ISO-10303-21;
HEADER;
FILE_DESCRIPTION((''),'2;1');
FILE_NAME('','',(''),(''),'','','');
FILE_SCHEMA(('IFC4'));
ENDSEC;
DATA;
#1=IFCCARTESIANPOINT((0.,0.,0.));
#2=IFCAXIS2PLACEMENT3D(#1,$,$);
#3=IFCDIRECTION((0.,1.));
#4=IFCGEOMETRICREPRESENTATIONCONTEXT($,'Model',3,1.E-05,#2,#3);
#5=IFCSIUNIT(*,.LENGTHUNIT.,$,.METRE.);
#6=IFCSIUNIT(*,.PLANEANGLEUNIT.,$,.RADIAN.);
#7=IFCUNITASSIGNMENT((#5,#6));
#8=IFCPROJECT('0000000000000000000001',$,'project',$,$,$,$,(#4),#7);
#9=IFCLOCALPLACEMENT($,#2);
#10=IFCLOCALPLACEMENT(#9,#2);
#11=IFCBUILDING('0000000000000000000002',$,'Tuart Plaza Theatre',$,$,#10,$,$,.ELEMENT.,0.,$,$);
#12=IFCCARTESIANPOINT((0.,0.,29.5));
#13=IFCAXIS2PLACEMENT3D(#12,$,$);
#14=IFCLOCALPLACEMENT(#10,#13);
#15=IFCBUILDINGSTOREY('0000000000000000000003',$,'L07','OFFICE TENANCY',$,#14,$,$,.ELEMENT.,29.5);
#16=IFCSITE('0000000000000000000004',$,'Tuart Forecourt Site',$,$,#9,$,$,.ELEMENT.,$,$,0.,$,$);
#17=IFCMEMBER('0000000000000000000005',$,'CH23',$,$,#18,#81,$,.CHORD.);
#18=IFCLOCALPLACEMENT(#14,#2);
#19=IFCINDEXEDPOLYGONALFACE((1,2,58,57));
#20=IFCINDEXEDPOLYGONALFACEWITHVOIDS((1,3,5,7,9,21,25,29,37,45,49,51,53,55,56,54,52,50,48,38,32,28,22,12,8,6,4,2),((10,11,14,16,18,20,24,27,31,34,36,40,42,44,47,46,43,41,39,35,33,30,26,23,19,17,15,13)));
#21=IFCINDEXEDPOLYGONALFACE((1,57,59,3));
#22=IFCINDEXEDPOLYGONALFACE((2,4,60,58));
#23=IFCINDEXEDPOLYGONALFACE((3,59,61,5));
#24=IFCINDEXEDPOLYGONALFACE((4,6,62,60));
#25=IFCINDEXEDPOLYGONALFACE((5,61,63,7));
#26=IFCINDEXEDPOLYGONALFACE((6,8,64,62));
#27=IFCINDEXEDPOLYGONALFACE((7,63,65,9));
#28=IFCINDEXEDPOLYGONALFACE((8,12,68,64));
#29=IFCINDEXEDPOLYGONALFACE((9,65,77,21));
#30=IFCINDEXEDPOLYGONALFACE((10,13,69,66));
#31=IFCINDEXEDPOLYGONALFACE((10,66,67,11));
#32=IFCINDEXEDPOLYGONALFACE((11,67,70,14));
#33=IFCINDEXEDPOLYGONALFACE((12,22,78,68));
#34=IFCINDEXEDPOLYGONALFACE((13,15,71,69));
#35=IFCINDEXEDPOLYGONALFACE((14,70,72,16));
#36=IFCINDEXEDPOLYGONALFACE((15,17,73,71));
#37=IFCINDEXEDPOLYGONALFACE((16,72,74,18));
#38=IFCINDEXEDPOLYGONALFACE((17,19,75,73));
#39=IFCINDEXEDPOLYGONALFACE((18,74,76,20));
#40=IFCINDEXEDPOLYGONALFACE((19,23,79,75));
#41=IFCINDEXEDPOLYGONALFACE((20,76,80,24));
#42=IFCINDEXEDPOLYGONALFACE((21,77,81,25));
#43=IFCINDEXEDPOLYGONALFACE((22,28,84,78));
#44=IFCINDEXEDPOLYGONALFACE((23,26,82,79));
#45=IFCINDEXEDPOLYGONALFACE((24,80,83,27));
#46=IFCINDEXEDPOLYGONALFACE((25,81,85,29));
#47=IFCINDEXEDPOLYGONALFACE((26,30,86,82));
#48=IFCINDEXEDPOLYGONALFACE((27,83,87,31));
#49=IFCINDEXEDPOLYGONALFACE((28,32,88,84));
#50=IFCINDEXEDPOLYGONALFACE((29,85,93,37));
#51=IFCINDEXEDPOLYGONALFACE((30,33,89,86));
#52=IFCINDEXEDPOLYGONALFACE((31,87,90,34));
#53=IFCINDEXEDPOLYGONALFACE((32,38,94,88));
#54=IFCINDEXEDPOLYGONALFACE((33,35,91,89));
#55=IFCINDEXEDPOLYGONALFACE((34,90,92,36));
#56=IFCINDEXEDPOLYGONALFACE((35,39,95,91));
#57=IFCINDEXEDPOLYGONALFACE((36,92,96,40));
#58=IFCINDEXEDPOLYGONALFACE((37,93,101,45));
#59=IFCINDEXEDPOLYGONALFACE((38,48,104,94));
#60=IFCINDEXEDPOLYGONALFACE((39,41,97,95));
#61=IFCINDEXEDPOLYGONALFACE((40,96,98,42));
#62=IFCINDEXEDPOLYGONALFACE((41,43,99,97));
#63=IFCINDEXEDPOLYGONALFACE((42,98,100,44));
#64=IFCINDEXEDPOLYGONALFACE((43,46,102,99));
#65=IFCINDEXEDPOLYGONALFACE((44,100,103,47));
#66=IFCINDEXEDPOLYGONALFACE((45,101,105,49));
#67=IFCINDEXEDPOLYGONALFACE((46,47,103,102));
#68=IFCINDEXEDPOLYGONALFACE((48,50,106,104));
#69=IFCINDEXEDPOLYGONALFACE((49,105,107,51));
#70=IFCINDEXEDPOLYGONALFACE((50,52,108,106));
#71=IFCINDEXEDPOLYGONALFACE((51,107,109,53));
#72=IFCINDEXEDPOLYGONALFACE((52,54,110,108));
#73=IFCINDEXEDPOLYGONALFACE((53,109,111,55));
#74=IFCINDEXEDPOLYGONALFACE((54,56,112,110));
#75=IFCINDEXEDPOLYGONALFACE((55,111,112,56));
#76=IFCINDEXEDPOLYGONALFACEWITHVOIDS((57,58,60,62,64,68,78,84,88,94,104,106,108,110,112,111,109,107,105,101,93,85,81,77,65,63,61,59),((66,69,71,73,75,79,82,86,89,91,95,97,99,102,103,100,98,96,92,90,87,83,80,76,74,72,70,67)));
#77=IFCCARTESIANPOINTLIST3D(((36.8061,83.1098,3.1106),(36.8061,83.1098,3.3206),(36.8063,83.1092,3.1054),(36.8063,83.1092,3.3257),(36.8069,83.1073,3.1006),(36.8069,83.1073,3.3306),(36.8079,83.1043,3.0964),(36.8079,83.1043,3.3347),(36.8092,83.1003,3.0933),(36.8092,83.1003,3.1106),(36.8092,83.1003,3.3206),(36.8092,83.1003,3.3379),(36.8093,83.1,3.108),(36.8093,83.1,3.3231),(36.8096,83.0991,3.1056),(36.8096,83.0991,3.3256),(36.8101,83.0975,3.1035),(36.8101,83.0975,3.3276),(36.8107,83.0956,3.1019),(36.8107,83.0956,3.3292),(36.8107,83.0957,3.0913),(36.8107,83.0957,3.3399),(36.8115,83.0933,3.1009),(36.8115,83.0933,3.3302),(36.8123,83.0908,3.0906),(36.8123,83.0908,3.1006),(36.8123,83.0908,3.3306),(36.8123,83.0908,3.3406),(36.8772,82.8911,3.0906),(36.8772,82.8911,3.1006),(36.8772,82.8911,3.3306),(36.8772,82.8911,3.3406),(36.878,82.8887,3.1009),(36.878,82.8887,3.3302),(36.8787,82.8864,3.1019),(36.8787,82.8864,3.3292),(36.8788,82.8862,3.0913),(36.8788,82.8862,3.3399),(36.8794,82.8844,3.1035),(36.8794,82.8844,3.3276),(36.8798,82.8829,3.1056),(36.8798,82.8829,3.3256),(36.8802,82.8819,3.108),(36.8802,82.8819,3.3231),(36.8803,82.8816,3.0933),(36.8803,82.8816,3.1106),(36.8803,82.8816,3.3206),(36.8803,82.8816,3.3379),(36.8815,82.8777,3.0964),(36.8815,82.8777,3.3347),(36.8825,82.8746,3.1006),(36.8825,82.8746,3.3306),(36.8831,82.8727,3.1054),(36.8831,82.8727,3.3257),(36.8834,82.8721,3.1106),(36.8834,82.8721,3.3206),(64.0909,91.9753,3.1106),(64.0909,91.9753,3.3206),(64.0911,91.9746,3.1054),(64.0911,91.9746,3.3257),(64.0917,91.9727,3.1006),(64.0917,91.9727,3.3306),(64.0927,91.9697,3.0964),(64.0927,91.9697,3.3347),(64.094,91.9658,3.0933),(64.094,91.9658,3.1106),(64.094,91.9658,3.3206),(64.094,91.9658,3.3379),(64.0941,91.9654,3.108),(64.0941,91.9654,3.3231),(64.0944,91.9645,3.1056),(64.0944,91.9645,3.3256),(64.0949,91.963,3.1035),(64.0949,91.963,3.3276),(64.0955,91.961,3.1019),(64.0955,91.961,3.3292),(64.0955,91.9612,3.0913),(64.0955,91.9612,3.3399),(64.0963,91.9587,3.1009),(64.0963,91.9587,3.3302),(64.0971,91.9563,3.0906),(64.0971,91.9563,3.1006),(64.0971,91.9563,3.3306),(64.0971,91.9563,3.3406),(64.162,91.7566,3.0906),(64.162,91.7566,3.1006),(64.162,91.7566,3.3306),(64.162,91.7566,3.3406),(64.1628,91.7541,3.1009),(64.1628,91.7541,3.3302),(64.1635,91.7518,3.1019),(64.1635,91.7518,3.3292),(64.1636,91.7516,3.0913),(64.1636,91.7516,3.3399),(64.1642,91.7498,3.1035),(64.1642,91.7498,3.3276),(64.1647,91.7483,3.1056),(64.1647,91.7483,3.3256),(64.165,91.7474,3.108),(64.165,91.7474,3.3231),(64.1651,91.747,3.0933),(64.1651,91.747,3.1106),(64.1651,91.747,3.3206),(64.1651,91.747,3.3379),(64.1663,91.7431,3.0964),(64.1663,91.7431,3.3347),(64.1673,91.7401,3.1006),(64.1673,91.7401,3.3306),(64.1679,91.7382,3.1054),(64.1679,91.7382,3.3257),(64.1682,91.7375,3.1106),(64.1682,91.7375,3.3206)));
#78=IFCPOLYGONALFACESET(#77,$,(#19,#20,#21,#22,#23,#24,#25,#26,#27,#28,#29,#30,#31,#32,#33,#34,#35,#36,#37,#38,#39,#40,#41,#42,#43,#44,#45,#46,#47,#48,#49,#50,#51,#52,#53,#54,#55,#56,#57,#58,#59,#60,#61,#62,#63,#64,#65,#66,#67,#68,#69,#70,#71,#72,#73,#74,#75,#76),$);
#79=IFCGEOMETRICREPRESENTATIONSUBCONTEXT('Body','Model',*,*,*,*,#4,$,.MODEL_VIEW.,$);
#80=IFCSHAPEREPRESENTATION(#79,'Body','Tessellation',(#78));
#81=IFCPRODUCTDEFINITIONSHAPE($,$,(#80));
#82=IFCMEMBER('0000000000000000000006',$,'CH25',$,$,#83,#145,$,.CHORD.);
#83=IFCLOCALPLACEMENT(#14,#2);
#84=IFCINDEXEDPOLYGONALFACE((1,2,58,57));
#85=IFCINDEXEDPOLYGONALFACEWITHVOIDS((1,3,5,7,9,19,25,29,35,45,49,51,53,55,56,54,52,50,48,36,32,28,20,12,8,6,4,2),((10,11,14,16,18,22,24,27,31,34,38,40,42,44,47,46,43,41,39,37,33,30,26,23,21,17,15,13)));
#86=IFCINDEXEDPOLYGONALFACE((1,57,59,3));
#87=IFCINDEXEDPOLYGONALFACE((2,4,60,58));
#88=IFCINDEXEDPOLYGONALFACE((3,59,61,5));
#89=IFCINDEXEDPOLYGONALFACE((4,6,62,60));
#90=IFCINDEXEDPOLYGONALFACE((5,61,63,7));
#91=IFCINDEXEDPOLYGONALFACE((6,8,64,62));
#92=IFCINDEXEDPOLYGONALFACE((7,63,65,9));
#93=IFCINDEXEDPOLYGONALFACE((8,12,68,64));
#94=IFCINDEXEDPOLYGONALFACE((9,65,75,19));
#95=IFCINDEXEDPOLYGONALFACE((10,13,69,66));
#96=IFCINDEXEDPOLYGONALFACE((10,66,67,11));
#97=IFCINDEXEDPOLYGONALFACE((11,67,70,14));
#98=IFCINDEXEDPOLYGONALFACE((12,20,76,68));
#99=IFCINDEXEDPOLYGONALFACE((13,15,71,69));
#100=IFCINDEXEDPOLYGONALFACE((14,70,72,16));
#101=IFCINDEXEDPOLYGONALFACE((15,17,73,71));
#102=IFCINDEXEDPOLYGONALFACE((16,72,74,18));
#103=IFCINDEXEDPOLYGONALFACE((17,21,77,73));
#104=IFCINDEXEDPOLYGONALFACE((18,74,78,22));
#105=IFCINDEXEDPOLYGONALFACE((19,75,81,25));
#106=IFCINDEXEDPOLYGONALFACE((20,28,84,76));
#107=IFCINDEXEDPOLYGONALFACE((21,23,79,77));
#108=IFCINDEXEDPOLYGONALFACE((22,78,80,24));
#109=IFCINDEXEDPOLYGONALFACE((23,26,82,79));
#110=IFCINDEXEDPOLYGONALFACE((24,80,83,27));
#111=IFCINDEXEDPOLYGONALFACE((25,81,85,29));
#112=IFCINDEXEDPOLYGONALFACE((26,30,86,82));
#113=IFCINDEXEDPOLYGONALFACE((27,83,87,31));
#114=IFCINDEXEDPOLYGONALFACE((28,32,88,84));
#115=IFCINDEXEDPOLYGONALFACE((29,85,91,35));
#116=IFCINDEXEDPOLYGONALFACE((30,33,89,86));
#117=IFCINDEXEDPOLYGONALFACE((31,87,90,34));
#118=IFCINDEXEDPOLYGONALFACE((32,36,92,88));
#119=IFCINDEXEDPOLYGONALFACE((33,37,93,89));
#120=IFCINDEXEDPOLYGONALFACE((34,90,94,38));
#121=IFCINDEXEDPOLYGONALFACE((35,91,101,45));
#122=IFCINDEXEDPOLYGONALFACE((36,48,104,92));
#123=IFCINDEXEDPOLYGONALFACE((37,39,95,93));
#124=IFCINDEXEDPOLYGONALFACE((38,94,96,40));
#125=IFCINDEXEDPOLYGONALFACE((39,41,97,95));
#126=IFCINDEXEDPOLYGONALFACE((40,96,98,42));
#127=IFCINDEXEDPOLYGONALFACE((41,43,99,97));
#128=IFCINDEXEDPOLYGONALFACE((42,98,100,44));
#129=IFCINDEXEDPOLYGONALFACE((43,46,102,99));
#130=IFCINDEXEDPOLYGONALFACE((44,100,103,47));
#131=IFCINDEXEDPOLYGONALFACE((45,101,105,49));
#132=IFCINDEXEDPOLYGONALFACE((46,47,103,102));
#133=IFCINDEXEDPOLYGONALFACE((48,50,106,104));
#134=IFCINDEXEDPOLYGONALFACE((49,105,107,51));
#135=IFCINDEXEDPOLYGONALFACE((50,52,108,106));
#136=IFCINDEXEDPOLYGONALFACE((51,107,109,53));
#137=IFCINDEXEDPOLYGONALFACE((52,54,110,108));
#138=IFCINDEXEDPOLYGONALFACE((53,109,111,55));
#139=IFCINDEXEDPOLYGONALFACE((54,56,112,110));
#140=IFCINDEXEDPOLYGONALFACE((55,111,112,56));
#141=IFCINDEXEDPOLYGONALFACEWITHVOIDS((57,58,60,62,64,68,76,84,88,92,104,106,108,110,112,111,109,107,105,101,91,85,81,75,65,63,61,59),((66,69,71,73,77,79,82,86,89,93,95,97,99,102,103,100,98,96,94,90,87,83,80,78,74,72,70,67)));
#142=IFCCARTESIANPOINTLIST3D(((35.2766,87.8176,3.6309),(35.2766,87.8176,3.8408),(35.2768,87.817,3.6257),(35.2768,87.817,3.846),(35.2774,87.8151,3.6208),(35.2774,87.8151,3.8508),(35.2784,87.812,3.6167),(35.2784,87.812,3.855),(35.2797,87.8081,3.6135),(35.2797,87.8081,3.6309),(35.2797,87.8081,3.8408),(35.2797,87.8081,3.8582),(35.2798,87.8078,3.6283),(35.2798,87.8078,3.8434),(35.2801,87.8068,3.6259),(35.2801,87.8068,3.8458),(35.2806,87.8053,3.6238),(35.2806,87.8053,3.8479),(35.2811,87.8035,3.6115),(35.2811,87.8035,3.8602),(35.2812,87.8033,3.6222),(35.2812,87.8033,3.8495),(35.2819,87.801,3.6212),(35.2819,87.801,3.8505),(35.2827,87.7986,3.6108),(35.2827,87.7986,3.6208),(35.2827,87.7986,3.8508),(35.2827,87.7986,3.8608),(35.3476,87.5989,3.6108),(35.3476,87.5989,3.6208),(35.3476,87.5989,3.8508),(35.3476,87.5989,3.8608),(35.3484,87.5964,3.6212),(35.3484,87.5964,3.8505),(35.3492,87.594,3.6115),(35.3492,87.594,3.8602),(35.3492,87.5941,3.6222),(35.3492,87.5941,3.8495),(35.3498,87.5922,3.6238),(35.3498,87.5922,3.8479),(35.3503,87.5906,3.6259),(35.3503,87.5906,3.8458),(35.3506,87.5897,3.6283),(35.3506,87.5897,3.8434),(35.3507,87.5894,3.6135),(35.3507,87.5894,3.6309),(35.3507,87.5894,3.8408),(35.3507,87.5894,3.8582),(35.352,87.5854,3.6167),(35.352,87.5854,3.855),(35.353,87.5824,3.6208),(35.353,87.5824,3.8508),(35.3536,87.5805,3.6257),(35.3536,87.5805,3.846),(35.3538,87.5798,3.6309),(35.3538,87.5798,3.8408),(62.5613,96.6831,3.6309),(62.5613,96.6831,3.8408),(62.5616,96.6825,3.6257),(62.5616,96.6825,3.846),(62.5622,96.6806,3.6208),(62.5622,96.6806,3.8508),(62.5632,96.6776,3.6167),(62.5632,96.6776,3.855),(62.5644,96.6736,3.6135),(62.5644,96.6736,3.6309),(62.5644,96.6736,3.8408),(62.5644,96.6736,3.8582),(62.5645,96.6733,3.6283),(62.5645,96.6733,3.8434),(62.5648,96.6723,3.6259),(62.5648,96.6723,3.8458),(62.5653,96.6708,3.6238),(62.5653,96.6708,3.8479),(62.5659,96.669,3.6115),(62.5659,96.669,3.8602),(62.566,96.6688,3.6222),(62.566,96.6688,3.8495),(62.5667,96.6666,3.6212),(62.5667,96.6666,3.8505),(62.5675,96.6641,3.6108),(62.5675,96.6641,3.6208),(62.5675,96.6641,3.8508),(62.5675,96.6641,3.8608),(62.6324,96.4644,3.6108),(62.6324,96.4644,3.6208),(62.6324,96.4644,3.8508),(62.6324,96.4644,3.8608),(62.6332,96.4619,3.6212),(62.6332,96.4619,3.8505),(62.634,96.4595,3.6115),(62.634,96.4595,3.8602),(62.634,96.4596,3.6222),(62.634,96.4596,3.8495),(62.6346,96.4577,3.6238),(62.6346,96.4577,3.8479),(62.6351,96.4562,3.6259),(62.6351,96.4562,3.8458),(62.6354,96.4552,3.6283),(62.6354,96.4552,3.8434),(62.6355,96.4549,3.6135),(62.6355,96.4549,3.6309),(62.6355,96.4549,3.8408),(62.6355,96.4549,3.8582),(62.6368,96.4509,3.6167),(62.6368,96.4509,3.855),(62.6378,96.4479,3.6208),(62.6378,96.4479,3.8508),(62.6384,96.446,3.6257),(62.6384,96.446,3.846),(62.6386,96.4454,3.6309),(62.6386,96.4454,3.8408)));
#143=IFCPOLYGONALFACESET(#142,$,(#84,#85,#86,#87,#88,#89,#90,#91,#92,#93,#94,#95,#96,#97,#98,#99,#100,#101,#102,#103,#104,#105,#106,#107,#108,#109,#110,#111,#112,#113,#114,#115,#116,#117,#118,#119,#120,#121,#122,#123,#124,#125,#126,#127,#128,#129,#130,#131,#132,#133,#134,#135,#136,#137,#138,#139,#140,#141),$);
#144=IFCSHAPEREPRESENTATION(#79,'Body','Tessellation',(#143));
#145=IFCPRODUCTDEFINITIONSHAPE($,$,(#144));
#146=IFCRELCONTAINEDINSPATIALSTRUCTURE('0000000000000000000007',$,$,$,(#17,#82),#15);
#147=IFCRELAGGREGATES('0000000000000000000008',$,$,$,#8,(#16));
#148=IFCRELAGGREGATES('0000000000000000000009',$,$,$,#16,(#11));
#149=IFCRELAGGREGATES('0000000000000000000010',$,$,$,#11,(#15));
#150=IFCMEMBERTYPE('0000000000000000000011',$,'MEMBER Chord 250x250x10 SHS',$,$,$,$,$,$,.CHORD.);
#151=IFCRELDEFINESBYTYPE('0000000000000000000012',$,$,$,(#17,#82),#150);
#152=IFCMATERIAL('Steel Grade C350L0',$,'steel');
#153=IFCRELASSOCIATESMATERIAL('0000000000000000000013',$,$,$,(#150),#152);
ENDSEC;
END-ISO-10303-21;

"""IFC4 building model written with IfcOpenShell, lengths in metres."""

from ifc_helpers import new_model, si_unit, direction, frame, origin, origin_2d, place, context, subcontext, project, spatial, hollow_rectangle, extrude, material, material_profile, profile_set, type_object, element, save


model = new_model("IFC4")

# Units and contexts
model_context = context("Model", 3, precision=1e-05, world=origin(), true_north=direction((0.0, 1.0)))
body_context = subcontext(model_context, "Body", "Model", "MODEL_VIEW")
ifc_project = project(units=[si_unit("LENGTHUNIT", "METRE"), si_unit("PLANEANGLEUNIT", "RADIAN")], contexts=[model_context])

# Site, building, storey
site_placement = place(None, origin())
site = spatial("IfcSite", under=ifc_project, at=site_placement, Name="Tuart Forecourt Site", CompositionType="ELEMENT", RefElevation=0.0)
building_placement = place(site_placement, origin())
building = spatial("IfcBuilding", under=site, at=building_placement, Name="Tuart Plaza Theatre", CompositionType="ELEMENT", ElevationOfRefHeight=0.0)
storey_placement = place(building_placement, frame((0.0, 0.0, 29.5)))
storey = spatial("IfcBuildingStorey", under=building, at=storey_placement, Name="L07", Description="OFFICE TENANCY", CompositionType="ELEMENT", Elevation=29.5)

# Members
ifc_material_1 = material(Name="Steel Grade C350L0", Category="steel")
ifc_material_profile_1 = material_profile(ifc_material_1, hollow_rectangle(XDim=0.25, YDim=0.25, WallThickness=0.01, InnerFilletRadius=0.01, OuterFilletRadius=0.02, at=origin_2d()), Name="250x250x10 SHS")
ifc_profile_set_1 = profile_set([ifc_material_profile_1], Name="Steel Grade C350L0")
member_type_1 = type_object("IfcMemberType", Name="MEMBER Chord 250x250x10 SHS", PredefinedType="CHORD", material=ifc_profile_set_1)
for number, where, z_axis, x_axis, name in (
    (1, (36.8447, 82.991, 3.2156), (0.951056, 0.309019, 0.0), (-0.309019, 0.951056, 0.0), "CH23"),
    (2, (35.3152, 87.6987, 3.7358), (0.951055, 0.309022, 0.0), (-0.309022, 0.951055, 0.0), "CH25"),
):
    element("IfcMember", number, at=place(storey_placement, frame(where, z_axis=z_axis, x_axis=x_axis)), inside=storey, type_object=member_type_1, Name=name, PredefinedType="CHORD", context=body_context, shape_type="SweptSolid", body=[
        extrude(hollow_rectangle(XDim=0.25, YDim=0.25, WallThickness=0.01, InnerFilletRadius=0.01, OuterFilletRadius=0.02, at=origin_2d()), origin(), (0.0, 0.0, 1.0), 28.689),
    ])

save(model, "model.ifc")
